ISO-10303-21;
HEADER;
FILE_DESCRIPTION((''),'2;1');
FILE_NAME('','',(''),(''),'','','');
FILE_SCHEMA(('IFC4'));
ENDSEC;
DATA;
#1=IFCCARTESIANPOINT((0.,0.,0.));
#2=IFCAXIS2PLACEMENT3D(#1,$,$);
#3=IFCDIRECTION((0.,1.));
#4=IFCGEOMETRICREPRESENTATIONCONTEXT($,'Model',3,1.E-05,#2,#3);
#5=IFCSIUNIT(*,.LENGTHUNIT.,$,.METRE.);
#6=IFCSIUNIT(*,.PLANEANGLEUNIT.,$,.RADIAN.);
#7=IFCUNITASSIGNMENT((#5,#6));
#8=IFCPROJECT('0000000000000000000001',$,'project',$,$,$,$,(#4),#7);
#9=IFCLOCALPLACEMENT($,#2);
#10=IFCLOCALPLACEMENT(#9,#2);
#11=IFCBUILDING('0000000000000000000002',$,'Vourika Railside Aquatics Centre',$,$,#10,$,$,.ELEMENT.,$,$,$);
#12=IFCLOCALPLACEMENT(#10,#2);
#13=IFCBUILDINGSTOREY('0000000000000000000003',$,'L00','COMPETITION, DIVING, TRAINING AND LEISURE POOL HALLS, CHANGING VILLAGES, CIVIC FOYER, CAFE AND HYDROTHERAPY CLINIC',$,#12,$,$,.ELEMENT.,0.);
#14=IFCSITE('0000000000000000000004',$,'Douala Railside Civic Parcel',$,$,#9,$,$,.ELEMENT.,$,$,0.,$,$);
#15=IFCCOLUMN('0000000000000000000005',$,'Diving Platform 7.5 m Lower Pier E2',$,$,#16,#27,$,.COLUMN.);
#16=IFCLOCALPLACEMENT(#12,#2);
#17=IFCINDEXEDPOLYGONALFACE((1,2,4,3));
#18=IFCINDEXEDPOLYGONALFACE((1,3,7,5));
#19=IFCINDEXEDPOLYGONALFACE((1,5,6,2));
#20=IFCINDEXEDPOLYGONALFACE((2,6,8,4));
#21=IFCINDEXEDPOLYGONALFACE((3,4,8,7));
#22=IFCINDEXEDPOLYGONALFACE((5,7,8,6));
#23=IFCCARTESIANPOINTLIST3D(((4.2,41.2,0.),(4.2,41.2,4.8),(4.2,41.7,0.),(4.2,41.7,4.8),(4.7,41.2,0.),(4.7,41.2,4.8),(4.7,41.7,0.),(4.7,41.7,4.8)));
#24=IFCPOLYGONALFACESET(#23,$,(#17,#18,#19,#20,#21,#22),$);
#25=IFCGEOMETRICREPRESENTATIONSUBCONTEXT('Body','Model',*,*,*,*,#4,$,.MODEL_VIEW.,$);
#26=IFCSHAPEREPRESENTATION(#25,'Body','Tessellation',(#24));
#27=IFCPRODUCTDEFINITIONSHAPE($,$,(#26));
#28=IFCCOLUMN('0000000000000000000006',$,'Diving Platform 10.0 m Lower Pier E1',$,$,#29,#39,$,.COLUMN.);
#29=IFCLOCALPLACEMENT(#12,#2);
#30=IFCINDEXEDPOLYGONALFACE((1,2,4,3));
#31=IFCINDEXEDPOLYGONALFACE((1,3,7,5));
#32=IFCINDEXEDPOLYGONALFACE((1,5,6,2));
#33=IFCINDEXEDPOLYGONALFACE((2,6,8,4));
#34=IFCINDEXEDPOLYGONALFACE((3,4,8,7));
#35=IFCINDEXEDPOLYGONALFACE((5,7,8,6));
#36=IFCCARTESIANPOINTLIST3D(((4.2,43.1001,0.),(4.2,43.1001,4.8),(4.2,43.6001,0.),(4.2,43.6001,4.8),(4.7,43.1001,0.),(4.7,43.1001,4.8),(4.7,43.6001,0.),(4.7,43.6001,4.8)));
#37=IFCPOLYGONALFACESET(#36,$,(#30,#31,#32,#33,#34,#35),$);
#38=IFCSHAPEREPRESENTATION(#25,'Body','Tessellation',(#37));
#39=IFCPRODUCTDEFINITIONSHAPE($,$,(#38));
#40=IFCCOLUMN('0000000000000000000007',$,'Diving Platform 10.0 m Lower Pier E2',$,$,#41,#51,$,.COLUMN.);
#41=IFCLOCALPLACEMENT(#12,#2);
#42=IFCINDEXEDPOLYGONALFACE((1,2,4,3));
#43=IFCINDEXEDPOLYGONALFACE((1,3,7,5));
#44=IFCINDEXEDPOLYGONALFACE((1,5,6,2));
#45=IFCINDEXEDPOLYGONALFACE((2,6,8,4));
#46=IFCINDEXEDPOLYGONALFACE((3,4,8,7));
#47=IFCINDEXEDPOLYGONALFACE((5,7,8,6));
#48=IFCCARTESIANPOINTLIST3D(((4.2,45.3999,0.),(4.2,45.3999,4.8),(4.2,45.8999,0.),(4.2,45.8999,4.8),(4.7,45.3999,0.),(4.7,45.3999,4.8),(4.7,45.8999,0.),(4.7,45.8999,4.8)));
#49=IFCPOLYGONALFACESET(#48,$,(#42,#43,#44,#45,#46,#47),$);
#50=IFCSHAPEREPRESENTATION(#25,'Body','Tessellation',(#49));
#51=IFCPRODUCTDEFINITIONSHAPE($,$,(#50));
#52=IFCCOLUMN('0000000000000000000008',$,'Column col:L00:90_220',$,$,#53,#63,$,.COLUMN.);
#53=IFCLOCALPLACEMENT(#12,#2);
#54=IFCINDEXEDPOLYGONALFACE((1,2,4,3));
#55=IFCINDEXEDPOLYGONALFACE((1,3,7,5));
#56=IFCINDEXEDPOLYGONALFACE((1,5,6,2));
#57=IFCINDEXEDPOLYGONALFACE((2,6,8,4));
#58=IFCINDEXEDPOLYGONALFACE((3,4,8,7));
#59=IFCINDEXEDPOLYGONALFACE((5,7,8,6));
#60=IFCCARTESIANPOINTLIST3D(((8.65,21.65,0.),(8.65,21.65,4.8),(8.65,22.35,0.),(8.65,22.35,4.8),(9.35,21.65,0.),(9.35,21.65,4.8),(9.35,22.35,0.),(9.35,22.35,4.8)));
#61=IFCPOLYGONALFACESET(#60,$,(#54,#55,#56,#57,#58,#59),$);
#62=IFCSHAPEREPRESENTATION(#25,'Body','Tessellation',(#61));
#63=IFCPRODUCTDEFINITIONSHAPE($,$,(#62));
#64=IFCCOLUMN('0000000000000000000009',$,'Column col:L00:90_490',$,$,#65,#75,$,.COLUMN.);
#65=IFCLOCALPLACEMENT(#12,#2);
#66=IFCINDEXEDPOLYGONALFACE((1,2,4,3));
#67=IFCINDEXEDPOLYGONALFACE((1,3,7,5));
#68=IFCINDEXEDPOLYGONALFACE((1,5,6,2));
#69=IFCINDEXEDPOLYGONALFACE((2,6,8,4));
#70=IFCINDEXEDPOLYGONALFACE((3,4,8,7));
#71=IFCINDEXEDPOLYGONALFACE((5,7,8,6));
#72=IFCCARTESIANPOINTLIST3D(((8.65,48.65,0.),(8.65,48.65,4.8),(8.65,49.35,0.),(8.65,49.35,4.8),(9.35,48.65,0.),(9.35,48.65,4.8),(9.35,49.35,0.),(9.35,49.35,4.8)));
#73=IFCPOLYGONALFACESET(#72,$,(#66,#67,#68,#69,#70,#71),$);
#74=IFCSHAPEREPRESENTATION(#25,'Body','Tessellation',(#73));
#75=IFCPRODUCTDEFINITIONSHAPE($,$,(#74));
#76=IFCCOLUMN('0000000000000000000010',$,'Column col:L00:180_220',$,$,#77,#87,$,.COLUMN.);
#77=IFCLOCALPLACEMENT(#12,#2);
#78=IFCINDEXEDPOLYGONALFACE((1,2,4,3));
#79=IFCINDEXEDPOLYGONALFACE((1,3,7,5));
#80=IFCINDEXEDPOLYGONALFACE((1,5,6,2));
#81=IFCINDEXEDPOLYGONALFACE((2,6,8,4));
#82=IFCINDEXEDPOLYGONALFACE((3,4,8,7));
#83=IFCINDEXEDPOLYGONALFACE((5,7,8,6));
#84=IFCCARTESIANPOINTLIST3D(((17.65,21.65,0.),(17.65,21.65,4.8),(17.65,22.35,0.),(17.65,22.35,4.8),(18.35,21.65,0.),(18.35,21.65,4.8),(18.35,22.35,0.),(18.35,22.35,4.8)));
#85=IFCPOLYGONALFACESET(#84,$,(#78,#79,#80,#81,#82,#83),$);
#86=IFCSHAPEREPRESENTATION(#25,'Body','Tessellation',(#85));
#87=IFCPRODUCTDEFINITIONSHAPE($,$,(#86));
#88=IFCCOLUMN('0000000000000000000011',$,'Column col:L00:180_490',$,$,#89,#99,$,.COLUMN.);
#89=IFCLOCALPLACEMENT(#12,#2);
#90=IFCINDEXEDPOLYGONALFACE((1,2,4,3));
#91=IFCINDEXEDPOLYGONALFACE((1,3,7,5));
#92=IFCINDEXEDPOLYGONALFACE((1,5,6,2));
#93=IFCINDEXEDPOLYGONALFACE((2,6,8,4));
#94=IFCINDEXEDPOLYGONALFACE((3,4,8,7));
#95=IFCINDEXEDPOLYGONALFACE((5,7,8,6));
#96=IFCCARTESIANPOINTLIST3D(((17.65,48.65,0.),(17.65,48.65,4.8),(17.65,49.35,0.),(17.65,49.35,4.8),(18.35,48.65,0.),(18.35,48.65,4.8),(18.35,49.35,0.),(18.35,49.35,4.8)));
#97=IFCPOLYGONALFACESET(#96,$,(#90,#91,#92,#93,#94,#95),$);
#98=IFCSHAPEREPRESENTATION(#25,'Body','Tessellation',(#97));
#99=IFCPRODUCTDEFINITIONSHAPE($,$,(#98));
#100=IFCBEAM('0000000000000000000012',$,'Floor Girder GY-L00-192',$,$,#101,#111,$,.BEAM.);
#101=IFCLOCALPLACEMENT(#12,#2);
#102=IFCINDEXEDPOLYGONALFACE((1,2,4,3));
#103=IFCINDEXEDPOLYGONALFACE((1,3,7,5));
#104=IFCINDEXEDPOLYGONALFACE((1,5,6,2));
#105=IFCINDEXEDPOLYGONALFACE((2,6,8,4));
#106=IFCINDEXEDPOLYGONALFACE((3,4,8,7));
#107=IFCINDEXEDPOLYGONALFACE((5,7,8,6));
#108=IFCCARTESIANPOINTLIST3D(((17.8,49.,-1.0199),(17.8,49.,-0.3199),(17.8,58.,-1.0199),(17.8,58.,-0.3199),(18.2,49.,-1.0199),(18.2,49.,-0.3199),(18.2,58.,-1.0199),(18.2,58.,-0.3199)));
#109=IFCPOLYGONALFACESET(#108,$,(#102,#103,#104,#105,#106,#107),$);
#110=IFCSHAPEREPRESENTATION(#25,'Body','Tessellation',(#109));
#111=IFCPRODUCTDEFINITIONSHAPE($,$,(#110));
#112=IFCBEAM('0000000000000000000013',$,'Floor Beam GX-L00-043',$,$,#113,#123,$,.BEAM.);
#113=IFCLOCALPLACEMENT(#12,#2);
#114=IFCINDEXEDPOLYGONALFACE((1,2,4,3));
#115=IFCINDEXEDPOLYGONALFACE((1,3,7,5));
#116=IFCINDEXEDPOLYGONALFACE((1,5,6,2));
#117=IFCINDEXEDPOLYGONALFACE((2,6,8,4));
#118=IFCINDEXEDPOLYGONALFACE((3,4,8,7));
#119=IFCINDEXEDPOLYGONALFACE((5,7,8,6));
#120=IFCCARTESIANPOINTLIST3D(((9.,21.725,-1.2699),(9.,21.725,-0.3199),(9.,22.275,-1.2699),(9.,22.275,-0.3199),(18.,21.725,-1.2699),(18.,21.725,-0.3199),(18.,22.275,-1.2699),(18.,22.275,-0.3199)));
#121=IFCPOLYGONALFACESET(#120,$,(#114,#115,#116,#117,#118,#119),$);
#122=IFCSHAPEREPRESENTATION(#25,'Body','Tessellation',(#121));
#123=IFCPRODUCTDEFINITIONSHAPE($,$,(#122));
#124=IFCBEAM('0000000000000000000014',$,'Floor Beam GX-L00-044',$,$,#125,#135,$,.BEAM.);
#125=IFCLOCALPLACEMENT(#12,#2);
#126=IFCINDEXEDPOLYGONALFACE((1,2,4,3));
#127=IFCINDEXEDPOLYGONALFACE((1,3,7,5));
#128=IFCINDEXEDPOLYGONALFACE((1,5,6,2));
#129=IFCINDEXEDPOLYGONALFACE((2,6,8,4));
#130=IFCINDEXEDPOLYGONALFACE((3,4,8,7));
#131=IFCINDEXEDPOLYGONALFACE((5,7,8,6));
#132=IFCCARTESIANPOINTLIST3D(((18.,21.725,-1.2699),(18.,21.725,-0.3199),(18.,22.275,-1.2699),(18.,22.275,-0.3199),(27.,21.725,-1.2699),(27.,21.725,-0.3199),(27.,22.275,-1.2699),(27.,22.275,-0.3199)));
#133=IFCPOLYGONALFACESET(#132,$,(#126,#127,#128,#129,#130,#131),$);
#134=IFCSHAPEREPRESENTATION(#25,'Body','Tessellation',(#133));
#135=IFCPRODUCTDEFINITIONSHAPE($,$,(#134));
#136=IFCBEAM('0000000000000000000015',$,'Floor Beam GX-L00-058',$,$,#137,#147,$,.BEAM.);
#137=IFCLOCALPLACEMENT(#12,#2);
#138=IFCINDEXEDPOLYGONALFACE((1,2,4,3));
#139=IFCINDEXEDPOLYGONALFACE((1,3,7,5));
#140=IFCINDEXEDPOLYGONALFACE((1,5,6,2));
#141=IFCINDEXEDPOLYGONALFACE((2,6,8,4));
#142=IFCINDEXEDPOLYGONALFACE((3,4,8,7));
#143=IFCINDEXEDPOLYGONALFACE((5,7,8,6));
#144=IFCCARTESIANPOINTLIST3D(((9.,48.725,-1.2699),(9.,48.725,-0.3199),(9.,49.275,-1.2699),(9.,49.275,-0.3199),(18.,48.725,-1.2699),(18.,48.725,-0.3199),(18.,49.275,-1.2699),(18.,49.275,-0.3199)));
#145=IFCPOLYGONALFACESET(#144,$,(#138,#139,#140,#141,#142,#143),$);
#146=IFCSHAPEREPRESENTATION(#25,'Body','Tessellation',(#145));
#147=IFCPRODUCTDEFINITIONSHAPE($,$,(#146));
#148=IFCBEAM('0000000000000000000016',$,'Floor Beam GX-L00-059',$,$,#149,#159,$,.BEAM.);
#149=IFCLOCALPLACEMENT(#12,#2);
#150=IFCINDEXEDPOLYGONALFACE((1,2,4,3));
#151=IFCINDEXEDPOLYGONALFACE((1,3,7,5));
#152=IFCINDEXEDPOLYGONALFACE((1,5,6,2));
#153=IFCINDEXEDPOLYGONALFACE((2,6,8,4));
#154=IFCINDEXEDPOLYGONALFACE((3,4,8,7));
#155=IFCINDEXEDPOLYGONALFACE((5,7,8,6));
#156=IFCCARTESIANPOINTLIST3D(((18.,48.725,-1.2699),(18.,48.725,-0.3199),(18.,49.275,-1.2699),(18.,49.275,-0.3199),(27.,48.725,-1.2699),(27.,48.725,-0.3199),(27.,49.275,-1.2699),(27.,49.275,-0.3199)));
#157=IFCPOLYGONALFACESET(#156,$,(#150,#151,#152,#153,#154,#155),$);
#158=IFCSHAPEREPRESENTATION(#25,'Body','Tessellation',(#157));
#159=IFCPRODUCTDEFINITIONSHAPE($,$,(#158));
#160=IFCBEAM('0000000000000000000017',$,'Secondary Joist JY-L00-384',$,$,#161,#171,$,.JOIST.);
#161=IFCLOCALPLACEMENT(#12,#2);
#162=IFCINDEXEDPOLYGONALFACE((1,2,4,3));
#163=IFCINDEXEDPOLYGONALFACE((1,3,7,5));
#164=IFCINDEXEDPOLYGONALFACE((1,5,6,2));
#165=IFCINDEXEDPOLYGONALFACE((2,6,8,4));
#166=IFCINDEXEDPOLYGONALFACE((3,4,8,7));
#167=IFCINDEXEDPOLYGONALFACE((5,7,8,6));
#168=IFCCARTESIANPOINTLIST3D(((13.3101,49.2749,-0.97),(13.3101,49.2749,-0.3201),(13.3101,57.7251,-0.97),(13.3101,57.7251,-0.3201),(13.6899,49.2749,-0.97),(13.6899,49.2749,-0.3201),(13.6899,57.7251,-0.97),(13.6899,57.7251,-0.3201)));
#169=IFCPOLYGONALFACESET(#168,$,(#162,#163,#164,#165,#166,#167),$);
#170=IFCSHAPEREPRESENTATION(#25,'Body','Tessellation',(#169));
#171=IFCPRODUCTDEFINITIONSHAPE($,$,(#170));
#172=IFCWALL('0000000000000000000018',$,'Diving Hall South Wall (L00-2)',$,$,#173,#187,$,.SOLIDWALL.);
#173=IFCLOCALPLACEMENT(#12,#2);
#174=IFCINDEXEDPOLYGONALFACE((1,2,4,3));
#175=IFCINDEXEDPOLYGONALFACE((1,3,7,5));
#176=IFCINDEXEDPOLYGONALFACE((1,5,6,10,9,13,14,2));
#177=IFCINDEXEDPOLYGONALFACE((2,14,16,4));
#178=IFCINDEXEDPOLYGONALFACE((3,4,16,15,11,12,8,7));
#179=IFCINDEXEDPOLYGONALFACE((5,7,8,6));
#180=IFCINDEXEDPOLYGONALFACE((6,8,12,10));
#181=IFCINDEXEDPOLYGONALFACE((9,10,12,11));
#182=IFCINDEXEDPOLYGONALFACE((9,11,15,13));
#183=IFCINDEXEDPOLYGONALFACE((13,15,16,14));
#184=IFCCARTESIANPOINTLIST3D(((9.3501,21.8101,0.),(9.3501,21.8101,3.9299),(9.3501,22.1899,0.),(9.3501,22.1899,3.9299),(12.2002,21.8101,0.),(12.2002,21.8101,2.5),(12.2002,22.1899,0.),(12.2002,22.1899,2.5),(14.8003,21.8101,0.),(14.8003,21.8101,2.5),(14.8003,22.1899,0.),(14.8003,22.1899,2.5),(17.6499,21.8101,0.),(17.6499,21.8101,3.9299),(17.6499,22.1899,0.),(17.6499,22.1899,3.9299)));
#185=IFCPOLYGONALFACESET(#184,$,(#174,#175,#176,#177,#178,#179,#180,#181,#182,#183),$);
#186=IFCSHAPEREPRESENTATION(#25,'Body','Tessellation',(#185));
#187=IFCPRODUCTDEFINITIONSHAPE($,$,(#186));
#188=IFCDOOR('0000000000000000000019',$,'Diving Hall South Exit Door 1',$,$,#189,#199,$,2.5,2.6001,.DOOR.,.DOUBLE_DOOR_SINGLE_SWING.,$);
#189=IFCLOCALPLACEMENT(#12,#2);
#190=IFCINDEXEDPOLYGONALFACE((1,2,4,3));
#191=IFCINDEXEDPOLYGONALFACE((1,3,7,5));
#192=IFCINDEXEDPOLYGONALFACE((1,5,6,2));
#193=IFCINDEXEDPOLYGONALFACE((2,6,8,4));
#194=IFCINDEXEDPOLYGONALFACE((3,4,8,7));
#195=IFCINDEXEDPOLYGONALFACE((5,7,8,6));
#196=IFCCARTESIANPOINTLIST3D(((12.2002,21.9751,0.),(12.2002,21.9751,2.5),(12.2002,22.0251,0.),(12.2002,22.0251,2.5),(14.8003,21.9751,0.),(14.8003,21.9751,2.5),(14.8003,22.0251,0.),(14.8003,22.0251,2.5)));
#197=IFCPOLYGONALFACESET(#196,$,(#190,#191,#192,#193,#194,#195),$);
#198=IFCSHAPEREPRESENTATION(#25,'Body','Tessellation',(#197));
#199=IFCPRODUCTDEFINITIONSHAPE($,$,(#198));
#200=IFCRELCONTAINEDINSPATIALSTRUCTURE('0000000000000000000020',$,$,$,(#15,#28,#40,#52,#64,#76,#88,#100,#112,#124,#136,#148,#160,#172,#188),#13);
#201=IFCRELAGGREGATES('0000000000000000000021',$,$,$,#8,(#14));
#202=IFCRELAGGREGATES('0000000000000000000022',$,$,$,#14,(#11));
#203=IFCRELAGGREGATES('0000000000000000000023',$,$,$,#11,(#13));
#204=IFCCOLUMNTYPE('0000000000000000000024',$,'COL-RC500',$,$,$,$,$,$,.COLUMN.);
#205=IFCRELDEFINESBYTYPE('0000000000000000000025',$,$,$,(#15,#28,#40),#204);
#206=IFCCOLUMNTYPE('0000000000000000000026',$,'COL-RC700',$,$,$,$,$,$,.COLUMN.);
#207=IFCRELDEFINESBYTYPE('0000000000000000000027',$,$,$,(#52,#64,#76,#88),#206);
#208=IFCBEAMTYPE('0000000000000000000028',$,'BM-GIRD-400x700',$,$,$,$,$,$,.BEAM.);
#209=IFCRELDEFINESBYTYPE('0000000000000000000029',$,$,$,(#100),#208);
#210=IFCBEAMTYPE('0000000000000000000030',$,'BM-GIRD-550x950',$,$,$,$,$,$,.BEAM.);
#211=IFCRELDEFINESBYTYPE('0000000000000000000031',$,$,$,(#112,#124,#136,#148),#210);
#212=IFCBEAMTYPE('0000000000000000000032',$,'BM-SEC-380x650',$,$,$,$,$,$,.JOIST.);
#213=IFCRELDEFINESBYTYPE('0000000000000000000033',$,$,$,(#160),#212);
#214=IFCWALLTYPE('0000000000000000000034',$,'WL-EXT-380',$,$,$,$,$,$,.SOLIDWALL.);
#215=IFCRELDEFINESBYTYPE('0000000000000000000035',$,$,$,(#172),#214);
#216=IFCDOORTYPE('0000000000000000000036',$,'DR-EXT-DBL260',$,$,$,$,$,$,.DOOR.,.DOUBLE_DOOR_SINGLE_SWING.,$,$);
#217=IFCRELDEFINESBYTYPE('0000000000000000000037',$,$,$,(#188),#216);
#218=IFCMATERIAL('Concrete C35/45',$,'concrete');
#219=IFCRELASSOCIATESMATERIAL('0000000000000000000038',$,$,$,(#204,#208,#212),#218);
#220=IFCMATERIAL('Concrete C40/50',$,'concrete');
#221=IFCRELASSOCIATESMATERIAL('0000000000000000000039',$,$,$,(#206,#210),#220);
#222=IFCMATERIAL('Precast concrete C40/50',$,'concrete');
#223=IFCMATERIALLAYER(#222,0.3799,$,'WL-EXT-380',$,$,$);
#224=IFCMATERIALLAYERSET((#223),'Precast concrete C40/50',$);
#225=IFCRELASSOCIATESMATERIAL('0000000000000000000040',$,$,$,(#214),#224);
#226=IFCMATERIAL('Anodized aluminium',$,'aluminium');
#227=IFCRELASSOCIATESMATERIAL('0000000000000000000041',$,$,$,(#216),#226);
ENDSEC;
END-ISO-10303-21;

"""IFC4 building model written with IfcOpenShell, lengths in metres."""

from ifc_helpers import new_model, si_unit, direction, frame, frame_2d, origin, origin_2d, place, context, subcontext, project, spatial, rectangle, extrude, material, layer, layer_set, material_profile, profile_set, type_object, element, fill, save


model = new_model("IFC4")

# Units and contexts
model_context = context("Model", 3, precision=1e-05, world=origin(), true_north=direction((0.0, 1.0)))
body_context = subcontext(model_context, "Body", "Model", "MODEL_VIEW")
ifc_project = project(units=[si_unit("LENGTHUNIT", "METRE"), si_unit("PLANEANGLEUNIT", "RADIAN")], contexts=[model_context])

# Site, building, storey
site_placement = place(None, origin())
site = spatial("IfcSite", under=ifc_project, at=site_placement, Name="Douala Railside Civic Parcel", CompositionType="ELEMENT", RefElevation=0.0)
building_placement = place(site_placement, origin())
building = spatial("IfcBuilding", under=site, at=building_placement, Name="Vourika Railside Aquatics Centre", CompositionType="ELEMENT")
storey_placement = place(building_placement, origin())
storey = spatial("IfcBuildingStorey", under=building, at=storey_placement, Name="L00", Description="COMPETITION, DIVING, TRAINING AND LEISURE POOL HALLS, CHANGING VILLAGES, CIVIC FOYER, CAFE AND HYDROTHERAPY CLINIC", CompositionType="ELEMENT", Elevation=0.0)

# Columns
ifc_material_1 = material(Name="Concrete C35/45", Category="concrete")
ifc_material_profile_1 = material_profile(ifc_material_1, rectangle(XDim=0.5, YDim=0.5, at=origin_2d()), Name="RC 500x500")
ifc_profile_set_1 = profile_set([ifc_material_profile_1], Name="Concrete C35/45")
column_type_1 = type_object("IfcColumnType", Name="COL-RC500", PredefinedType="COLUMN", material=ifc_profile_set_1)
for number, where, z_axis, x_axis, name in (
    (1, (4.45, 41.45, 0.0), (0.0, 0.0, 1.0), (1.0, 0.0, 0.0), "Diving Platform 7.5 m Lower Pier E2"),
    (2, (4.45, 43.3501, 0.0), (0.0, 0.0, 1.0), (1.0, 0.0, 0.0), "Diving Platform 10.0 m Lower Pier E1"),
    (3, (4.45, 45.6499, 0.0), (0.0, 0.0, 1.0), (1.0, 0.0, 0.0), "Diving Platform 10.0 m Lower Pier E2"),
):
    element("IfcColumn", number, at=place(storey_placement, frame(where, z_axis=z_axis, x_axis=x_axis)), inside=storey, type_object=column_type_1, Name=name, PredefinedType="COLUMN", context=body_context, shape_type="SweptSolid", body=[
        extrude(rectangle(XDim=0.5, YDim=0.5, at=origin_2d()), origin(), (0.0, 0.0, 1.0), 4.8),
    ])
ifc_material_2 = material(Name="Concrete C40/50", Category="concrete")
ifc_material_profile_2 = material_profile(ifc_material_2, rectangle(XDim=0.7, YDim=0.7, at=origin_2d()), Name="RC 700x700")
ifc_profile_set_2 = profile_set([ifc_material_profile_2], Name="Concrete C40/50")
column_type_2 = type_object("IfcColumnType", Name="COL-RC700", PredefinedType="COLUMN", material=ifc_profile_set_2)
for number, where, z_axis, x_axis, name in (
    (4, (9.0, 22.0, 0.0), (0.0, 0.0, 1.0), (1.0, 0.0, 0.0), "Column col:L00:90_220"),
    (5, (9.0, 49.0, 0.0), (0.0, 0.0, 1.0), (1.0, 0.0, 0.0), "Column col:L00:90_490"),
    (6, (18.0, 22.0, 0.0), (0.0, 0.0, 1.0), (1.0, 0.0, 0.0), "Column col:L00:180_220"),
    (7, (18.0, 49.0, 0.0), (0.0, 0.0, 1.0), (1.0, 0.0, 0.0), "Column col:L00:180_490"),
):
    element("IfcColumn", number, at=place(storey_placement, frame(where, z_axis=z_axis, x_axis=x_axis)), inside=storey, type_object=column_type_2, Name=name, PredefinedType="COLUMN", context=body_context, shape_type="SweptSolid", body=[
        extrude(rectangle(XDim=0.7, YDim=0.7, at=origin_2d()), origin(), (0.0, 0.0, 1.0), 4.8),
    ])

# Beams
ifc_material_profile_3 = material_profile(ifc_material_1, rectangle(XDim=0.3999, YDim=0.7, at=origin_2d()), Name="RC 400x700")
ifc_profile_set_3 = profile_set([ifc_material_profile_3], Name="Concrete C35/45")
beam_type_1 = type_object("IfcBeamType", Name="BM-GIRD-400x700", PredefinedType="BEAM", material=ifc_profile_set_3)
beam_1_placement = place(storey_placement, frame((18.0, 49.0, -0.6699), z_axis=(0.0, 1.0, 0.0), x_axis=(-1.0, 0.0, 0.0)))
element("IfcBeam", 8, at=beam_1_placement, inside=storey, type_object=beam_type_1, Name="Floor Girder GY-L00-192", PredefinedType="BEAM", context=body_context, shape_type="SweptSolid", body=[
    extrude(rectangle(XDim=0.3999, YDim=0.7, at=origin_2d()), origin(), (0.0, 0.0, 1.0), 9.0),
])
ifc_material_profile_4 = material_profile(ifc_material_2, rectangle(XDim=0.55, YDim=0.95, at=origin_2d()), Name="RC 550x950")
ifc_profile_set_4 = profile_set([ifc_material_profile_4], Name="Concrete C40/50")
beam_type_2 = type_object("IfcBeamType", Name="BM-GIRD-550x950", PredefinedType="BEAM", material=ifc_profile_set_4)
for number, where, z_axis, x_axis, name in (
    (9, (9.0, 22.0, -0.7949), (1.0, 0.0, 0.0), (0.0, 1.0, 0.0), "Floor Beam GX-L00-043"),
    (10, (18.0, 22.0, -0.7949), (1.0, 0.0, 0.0), (0.0, 1.0, 0.0), "Floor Beam GX-L00-044"),
    (11, (9.0, 49.0, -0.7949), (1.0, 0.0, 0.0), (0.0, 1.0, 0.0), "Floor Beam GX-L00-058"),
    (12, (18.0, 49.0, -0.7949), (1.0, 0.0, 0.0), (0.0, 1.0, 0.0), "Floor Beam GX-L00-059"),
):
    element("IfcBeam", number, at=place(storey_placement, frame(where, z_axis=z_axis, x_axis=x_axis)), inside=storey, type_object=beam_type_2, Name=name, PredefinedType="BEAM", context=body_context, shape_type="SweptSolid", body=[
        extrude(rectangle(XDim=0.55, YDim=0.95, at=origin_2d()), origin(), (0.0, 0.0, 1.0), 9.0),
    ])
ifc_material_profile_5 = material_profile(ifc_material_1, rectangle(XDim=0.3799, YDim=0.6499, at=origin_2d()), Name="RC 380x650")
ifc_profile_set_5 = profile_set([ifc_material_profile_5], Name="Concrete C35/45")
beam_type_3 = type_object("IfcBeamType", Name="BM-SEC-380x650", PredefinedType="JOIST", material=ifc_profile_set_5)
beam_2_placement = place(storey_placement, frame((13.5, 49.2749, -0.645), z_axis=(0.0, 1.0, 0.0), x_axis=(-1.0, 0.0, 0.0)))
element("IfcBeam", 13, at=beam_2_placement, inside=storey, type_object=beam_type_3, Name="Secondary Joist JY-L00-384", PredefinedType="JOIST", context=body_context, shape_type="SweptSolid", body=[
    extrude(rectangle(XDim=0.3799, YDim=0.6499, at=origin_2d()), origin(), (0.0, 0.0, 1.0), 8.4502),
])

# Wall, opening, door
ifc_material_3 = material(Name="Precast concrete C40/50", Category="concrete")
ifc_layer_1 = layer(ifc_material_3, 0.3799, Name="WL-EXT-380")
ifc_layer_set_1 = layer_set([ifc_layer_1], Name="Precast concrete C40/50")
wall_type_1 = type_object("IfcWallType", Name="WL-EXT-380", PredefinedType="SOLIDWALL", material=ifc_layer_set_1)
wall_1_placement = place(storey_placement, frame((9.3501, 22.0, 0.0), z_axis=(0.0, 0.0, 1.0), x_axis=(1.0, 0.0, 0.0)))
wall_1 = element("IfcWall", 14, at=wall_1_placement, inside=storey, type_object=wall_type_1, Name="Diving Hall South Wall (L00-2)", PredefinedType="SOLIDWALL", context=body_context, shape_type="SweptSolid", body=[
    extrude(rectangle(XDim=8.2998, YDim=0.3799, at=frame_2d((4.1499, 0.0))), origin(), (0.0, 0.0, 1.0), 3.9299),
])
opening_1_placement = place(wall_1_placement, frame((2.8501, 0.0, 0.0)))
opening_1 = element("IfcOpeningElement", 15, at=opening_1_placement, cuts=wall_1, PredefinedType="OPENING", context=body_context, shape_type="SweptSolid", body=[
    extrude(rectangle(XDim=2.6001, YDim=2.5, at=frame_2d((1.3, 1.25))), frame((0.0, 0.2, 0.0), z_axis=(0.0, -1.0, 0.0), x_axis=(1.0, 0.0, 0.0)), (0.0, 0.0, 1.0), 0.3999),
])
ifc_material_4 = material(Name="Anodized aluminium", Category="aluminium")
door_type_1 = type_object("IfcDoorType", Name="DR-EXT-DBL260", OperationType="DOUBLE_DOOR_SINGLE_SWING", PredefinedType="DOOR", material=ifc_material_4)
door_1_placement = place(opening_1_placement, frame((2.6001, 0.0, 0.0), z_axis=(0.0, 0.0, 1.0), x_axis=(-1.0, 0.0, 0.0)))
door_1 = element("IfcDoor", 16, at=door_1_placement, inside=storey, type_object=door_type_1, Name="Diving Hall South Exit Door 1", OperationType="DOUBLE_DOOR_SINGLE_SWING", OverallHeight=2.5, OverallWidth=2.6001, PredefinedType="DOOR", context=body_context, shape_type="SweptSolid", body=[
    extrude(rectangle(XDim=2.6001, YDim=2.5, at=frame_2d((1.3, 1.25))), frame((0.0, 0.0249, 0.0), z_axis=(0.0, -1.0, 0.0), x_axis=(1.0, 0.0, 0.0)), (0.0, 0.0, 1.0), 0.05),
])
fill(opening_1, door_1)

save(model, "model.ifc")
